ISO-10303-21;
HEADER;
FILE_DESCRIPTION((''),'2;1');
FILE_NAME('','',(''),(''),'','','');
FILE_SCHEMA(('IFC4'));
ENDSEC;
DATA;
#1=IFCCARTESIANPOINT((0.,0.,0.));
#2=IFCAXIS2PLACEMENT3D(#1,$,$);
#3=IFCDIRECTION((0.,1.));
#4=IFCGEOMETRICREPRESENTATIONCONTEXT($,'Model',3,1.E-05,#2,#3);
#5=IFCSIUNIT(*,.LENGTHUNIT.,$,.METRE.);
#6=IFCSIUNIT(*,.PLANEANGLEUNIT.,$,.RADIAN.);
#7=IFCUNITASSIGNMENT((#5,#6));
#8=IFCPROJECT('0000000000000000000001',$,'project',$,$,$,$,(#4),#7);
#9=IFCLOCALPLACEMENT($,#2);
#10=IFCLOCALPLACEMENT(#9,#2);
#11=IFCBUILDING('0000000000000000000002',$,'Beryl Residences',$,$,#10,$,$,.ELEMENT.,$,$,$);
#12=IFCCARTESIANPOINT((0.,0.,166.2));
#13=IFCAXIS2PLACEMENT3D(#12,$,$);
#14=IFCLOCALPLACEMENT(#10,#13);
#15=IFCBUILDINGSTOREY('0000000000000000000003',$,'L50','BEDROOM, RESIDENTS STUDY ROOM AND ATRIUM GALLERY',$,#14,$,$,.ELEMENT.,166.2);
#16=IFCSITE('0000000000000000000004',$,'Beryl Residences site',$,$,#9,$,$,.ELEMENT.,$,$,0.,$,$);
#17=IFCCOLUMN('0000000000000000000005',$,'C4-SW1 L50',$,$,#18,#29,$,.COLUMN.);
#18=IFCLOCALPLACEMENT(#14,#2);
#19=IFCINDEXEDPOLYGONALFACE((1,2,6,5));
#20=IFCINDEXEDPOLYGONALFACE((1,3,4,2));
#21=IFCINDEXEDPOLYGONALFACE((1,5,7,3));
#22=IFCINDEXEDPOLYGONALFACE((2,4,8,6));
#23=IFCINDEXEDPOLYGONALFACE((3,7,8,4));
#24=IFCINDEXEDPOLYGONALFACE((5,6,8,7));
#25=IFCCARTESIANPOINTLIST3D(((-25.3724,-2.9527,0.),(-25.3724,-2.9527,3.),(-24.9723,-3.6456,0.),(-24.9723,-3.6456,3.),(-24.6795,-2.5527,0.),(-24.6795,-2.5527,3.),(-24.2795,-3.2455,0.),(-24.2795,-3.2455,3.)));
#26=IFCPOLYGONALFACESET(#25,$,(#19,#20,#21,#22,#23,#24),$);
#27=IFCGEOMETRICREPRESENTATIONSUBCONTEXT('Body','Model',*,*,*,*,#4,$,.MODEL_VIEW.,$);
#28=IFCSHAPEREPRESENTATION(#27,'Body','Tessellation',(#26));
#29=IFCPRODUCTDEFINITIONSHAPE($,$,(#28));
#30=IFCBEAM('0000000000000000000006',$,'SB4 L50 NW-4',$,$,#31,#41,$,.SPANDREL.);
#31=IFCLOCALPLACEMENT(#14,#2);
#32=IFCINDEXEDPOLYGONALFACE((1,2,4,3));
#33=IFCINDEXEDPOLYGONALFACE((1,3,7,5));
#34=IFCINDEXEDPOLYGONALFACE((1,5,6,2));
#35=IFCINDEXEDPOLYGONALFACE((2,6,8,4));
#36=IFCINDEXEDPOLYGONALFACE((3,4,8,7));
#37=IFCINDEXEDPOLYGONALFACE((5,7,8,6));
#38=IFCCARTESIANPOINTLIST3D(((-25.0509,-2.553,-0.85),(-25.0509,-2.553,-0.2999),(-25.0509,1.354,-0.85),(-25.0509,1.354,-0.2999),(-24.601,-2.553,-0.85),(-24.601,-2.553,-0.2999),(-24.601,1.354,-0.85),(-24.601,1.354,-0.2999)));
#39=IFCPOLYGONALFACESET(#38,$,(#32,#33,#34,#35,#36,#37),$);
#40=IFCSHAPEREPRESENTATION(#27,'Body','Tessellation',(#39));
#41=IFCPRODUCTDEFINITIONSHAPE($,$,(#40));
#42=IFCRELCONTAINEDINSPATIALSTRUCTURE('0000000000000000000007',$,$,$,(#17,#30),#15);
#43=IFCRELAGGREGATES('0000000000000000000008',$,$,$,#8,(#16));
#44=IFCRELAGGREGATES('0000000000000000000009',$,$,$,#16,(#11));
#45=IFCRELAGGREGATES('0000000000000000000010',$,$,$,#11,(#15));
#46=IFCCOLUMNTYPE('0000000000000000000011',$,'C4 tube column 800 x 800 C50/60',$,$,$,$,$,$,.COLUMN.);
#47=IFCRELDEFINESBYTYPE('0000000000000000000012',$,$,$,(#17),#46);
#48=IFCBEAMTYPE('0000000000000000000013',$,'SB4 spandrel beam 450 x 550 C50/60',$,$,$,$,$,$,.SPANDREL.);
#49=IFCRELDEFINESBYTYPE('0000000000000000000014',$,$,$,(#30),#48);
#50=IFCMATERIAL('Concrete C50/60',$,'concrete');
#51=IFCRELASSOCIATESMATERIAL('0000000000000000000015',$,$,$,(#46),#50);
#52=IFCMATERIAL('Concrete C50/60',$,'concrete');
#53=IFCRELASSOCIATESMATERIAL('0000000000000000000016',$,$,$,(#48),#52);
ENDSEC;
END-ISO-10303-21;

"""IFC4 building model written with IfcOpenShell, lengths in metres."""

from ifc_helpers import new_model, si_unit, direction, frame, origin, origin_2d, place, context, subcontext, project, spatial, rectangle, extrude, material, material_profile, profile_set, type_object, element, save


model = new_model("IFC4")

# Units and contexts
model_context = context("Model", 3, precision=1e-05, world=origin(), true_north=direction((0.0, 1.0)))
body_context = subcontext(model_context, "Body", "Model", "MODEL_VIEW")
ifc_project = project(units=[si_unit("LENGTHUNIT", "METRE"), si_unit("PLANEANGLEUNIT", "RADIAN")], contexts=[model_context])

# Site, building, storey
site_placement = place(None, origin())
site = spatial("IfcSite", under=ifc_project, at=site_placement, Name="Beryl Residences site", CompositionType="ELEMENT", RefElevation=0.0)
building_placement = place(site_placement, origin())
building = spatial("IfcBuilding", under=site, at=building_placement, Name="Beryl Residences", CompositionType="ELEMENT")
storey_placement = place(building_placement, frame((0.0, 0.0, 166.2)))
storey = spatial("IfcBuildingStorey", under=building, at=storey_placement, Name="L50", Description="BEDROOM, RESIDENTS STUDY ROOM AND ATRIUM GALLERY", CompositionType="ELEMENT", Elevation=166.2)

# Column
ifc_material_1 = material(Name="Concrete C50/60", Category="concrete")
ifc_material_profile_1 = material_profile(ifc_material_1, rectangle(XDim=0.8, YDim=0.8, at=origin_2d()))
ifc_profile_set_1 = profile_set([ifc_material_profile_1], Name="Concrete C50/60")
column_type = type_object("IfcColumnType", Name="C4 tube column 800 x 800 C50/60", PredefinedType="COLUMN", material=ifc_profile_set_1)
column_placement = place(storey_placement, frame((-24.8259, -3.0991, 0.0), z_axis=(0.0, 0.0, 1.0), x_axis=(0.5, -0.866025, 0.0)))
element("IfcColumn", 1, at=column_placement, inside=storey, type_object=column_type, Name="C4-SW1 L50", PredefinedType="COLUMN", context=body_context, shape_type="SweptSolid", body=[
    extrude(rectangle(XDim=0.8, YDim=0.8, at=origin_2d()), origin(), (0.0, 0.0, 1.0), 3.0),
])

# Beam
ifc_material_2 = material(Name="Concrete C50/60", Category="concrete")
ifc_material_profile_2 = material_profile(ifc_material_2, rectangle(XDim=0.45, YDim=0.55, at=origin_2d()))
ifc_profile_set_2 = profile_set([ifc_material_profile_2], Name="Concrete C50/60")
beam_type = type_object("IfcBeamType", Name="SB4 spandrel beam 450 x 550 C50/60", PredefinedType="SPANDREL", material=ifc_profile_set_2)
beam_placement = place(storey_placement, frame((-24.8259, 1.354, -0.575), z_axis=(0.0, -1.0, 0.0), x_axis=(1.0, 0.0, 0.0)))
element("IfcBeam", 2, at=beam_placement, inside=storey, type_object=beam_type, Name="SB4 L50 NW-4", PredefinedType="SPANDREL", context=body_context, shape_type="SweptSolid", body=[
    extrude(rectangle(XDim=0.45, YDim=0.55, at=origin_2d()), origin(), (0.0, 0.0, 1.0), 3.907),
])

save(model, "model.ifc")
